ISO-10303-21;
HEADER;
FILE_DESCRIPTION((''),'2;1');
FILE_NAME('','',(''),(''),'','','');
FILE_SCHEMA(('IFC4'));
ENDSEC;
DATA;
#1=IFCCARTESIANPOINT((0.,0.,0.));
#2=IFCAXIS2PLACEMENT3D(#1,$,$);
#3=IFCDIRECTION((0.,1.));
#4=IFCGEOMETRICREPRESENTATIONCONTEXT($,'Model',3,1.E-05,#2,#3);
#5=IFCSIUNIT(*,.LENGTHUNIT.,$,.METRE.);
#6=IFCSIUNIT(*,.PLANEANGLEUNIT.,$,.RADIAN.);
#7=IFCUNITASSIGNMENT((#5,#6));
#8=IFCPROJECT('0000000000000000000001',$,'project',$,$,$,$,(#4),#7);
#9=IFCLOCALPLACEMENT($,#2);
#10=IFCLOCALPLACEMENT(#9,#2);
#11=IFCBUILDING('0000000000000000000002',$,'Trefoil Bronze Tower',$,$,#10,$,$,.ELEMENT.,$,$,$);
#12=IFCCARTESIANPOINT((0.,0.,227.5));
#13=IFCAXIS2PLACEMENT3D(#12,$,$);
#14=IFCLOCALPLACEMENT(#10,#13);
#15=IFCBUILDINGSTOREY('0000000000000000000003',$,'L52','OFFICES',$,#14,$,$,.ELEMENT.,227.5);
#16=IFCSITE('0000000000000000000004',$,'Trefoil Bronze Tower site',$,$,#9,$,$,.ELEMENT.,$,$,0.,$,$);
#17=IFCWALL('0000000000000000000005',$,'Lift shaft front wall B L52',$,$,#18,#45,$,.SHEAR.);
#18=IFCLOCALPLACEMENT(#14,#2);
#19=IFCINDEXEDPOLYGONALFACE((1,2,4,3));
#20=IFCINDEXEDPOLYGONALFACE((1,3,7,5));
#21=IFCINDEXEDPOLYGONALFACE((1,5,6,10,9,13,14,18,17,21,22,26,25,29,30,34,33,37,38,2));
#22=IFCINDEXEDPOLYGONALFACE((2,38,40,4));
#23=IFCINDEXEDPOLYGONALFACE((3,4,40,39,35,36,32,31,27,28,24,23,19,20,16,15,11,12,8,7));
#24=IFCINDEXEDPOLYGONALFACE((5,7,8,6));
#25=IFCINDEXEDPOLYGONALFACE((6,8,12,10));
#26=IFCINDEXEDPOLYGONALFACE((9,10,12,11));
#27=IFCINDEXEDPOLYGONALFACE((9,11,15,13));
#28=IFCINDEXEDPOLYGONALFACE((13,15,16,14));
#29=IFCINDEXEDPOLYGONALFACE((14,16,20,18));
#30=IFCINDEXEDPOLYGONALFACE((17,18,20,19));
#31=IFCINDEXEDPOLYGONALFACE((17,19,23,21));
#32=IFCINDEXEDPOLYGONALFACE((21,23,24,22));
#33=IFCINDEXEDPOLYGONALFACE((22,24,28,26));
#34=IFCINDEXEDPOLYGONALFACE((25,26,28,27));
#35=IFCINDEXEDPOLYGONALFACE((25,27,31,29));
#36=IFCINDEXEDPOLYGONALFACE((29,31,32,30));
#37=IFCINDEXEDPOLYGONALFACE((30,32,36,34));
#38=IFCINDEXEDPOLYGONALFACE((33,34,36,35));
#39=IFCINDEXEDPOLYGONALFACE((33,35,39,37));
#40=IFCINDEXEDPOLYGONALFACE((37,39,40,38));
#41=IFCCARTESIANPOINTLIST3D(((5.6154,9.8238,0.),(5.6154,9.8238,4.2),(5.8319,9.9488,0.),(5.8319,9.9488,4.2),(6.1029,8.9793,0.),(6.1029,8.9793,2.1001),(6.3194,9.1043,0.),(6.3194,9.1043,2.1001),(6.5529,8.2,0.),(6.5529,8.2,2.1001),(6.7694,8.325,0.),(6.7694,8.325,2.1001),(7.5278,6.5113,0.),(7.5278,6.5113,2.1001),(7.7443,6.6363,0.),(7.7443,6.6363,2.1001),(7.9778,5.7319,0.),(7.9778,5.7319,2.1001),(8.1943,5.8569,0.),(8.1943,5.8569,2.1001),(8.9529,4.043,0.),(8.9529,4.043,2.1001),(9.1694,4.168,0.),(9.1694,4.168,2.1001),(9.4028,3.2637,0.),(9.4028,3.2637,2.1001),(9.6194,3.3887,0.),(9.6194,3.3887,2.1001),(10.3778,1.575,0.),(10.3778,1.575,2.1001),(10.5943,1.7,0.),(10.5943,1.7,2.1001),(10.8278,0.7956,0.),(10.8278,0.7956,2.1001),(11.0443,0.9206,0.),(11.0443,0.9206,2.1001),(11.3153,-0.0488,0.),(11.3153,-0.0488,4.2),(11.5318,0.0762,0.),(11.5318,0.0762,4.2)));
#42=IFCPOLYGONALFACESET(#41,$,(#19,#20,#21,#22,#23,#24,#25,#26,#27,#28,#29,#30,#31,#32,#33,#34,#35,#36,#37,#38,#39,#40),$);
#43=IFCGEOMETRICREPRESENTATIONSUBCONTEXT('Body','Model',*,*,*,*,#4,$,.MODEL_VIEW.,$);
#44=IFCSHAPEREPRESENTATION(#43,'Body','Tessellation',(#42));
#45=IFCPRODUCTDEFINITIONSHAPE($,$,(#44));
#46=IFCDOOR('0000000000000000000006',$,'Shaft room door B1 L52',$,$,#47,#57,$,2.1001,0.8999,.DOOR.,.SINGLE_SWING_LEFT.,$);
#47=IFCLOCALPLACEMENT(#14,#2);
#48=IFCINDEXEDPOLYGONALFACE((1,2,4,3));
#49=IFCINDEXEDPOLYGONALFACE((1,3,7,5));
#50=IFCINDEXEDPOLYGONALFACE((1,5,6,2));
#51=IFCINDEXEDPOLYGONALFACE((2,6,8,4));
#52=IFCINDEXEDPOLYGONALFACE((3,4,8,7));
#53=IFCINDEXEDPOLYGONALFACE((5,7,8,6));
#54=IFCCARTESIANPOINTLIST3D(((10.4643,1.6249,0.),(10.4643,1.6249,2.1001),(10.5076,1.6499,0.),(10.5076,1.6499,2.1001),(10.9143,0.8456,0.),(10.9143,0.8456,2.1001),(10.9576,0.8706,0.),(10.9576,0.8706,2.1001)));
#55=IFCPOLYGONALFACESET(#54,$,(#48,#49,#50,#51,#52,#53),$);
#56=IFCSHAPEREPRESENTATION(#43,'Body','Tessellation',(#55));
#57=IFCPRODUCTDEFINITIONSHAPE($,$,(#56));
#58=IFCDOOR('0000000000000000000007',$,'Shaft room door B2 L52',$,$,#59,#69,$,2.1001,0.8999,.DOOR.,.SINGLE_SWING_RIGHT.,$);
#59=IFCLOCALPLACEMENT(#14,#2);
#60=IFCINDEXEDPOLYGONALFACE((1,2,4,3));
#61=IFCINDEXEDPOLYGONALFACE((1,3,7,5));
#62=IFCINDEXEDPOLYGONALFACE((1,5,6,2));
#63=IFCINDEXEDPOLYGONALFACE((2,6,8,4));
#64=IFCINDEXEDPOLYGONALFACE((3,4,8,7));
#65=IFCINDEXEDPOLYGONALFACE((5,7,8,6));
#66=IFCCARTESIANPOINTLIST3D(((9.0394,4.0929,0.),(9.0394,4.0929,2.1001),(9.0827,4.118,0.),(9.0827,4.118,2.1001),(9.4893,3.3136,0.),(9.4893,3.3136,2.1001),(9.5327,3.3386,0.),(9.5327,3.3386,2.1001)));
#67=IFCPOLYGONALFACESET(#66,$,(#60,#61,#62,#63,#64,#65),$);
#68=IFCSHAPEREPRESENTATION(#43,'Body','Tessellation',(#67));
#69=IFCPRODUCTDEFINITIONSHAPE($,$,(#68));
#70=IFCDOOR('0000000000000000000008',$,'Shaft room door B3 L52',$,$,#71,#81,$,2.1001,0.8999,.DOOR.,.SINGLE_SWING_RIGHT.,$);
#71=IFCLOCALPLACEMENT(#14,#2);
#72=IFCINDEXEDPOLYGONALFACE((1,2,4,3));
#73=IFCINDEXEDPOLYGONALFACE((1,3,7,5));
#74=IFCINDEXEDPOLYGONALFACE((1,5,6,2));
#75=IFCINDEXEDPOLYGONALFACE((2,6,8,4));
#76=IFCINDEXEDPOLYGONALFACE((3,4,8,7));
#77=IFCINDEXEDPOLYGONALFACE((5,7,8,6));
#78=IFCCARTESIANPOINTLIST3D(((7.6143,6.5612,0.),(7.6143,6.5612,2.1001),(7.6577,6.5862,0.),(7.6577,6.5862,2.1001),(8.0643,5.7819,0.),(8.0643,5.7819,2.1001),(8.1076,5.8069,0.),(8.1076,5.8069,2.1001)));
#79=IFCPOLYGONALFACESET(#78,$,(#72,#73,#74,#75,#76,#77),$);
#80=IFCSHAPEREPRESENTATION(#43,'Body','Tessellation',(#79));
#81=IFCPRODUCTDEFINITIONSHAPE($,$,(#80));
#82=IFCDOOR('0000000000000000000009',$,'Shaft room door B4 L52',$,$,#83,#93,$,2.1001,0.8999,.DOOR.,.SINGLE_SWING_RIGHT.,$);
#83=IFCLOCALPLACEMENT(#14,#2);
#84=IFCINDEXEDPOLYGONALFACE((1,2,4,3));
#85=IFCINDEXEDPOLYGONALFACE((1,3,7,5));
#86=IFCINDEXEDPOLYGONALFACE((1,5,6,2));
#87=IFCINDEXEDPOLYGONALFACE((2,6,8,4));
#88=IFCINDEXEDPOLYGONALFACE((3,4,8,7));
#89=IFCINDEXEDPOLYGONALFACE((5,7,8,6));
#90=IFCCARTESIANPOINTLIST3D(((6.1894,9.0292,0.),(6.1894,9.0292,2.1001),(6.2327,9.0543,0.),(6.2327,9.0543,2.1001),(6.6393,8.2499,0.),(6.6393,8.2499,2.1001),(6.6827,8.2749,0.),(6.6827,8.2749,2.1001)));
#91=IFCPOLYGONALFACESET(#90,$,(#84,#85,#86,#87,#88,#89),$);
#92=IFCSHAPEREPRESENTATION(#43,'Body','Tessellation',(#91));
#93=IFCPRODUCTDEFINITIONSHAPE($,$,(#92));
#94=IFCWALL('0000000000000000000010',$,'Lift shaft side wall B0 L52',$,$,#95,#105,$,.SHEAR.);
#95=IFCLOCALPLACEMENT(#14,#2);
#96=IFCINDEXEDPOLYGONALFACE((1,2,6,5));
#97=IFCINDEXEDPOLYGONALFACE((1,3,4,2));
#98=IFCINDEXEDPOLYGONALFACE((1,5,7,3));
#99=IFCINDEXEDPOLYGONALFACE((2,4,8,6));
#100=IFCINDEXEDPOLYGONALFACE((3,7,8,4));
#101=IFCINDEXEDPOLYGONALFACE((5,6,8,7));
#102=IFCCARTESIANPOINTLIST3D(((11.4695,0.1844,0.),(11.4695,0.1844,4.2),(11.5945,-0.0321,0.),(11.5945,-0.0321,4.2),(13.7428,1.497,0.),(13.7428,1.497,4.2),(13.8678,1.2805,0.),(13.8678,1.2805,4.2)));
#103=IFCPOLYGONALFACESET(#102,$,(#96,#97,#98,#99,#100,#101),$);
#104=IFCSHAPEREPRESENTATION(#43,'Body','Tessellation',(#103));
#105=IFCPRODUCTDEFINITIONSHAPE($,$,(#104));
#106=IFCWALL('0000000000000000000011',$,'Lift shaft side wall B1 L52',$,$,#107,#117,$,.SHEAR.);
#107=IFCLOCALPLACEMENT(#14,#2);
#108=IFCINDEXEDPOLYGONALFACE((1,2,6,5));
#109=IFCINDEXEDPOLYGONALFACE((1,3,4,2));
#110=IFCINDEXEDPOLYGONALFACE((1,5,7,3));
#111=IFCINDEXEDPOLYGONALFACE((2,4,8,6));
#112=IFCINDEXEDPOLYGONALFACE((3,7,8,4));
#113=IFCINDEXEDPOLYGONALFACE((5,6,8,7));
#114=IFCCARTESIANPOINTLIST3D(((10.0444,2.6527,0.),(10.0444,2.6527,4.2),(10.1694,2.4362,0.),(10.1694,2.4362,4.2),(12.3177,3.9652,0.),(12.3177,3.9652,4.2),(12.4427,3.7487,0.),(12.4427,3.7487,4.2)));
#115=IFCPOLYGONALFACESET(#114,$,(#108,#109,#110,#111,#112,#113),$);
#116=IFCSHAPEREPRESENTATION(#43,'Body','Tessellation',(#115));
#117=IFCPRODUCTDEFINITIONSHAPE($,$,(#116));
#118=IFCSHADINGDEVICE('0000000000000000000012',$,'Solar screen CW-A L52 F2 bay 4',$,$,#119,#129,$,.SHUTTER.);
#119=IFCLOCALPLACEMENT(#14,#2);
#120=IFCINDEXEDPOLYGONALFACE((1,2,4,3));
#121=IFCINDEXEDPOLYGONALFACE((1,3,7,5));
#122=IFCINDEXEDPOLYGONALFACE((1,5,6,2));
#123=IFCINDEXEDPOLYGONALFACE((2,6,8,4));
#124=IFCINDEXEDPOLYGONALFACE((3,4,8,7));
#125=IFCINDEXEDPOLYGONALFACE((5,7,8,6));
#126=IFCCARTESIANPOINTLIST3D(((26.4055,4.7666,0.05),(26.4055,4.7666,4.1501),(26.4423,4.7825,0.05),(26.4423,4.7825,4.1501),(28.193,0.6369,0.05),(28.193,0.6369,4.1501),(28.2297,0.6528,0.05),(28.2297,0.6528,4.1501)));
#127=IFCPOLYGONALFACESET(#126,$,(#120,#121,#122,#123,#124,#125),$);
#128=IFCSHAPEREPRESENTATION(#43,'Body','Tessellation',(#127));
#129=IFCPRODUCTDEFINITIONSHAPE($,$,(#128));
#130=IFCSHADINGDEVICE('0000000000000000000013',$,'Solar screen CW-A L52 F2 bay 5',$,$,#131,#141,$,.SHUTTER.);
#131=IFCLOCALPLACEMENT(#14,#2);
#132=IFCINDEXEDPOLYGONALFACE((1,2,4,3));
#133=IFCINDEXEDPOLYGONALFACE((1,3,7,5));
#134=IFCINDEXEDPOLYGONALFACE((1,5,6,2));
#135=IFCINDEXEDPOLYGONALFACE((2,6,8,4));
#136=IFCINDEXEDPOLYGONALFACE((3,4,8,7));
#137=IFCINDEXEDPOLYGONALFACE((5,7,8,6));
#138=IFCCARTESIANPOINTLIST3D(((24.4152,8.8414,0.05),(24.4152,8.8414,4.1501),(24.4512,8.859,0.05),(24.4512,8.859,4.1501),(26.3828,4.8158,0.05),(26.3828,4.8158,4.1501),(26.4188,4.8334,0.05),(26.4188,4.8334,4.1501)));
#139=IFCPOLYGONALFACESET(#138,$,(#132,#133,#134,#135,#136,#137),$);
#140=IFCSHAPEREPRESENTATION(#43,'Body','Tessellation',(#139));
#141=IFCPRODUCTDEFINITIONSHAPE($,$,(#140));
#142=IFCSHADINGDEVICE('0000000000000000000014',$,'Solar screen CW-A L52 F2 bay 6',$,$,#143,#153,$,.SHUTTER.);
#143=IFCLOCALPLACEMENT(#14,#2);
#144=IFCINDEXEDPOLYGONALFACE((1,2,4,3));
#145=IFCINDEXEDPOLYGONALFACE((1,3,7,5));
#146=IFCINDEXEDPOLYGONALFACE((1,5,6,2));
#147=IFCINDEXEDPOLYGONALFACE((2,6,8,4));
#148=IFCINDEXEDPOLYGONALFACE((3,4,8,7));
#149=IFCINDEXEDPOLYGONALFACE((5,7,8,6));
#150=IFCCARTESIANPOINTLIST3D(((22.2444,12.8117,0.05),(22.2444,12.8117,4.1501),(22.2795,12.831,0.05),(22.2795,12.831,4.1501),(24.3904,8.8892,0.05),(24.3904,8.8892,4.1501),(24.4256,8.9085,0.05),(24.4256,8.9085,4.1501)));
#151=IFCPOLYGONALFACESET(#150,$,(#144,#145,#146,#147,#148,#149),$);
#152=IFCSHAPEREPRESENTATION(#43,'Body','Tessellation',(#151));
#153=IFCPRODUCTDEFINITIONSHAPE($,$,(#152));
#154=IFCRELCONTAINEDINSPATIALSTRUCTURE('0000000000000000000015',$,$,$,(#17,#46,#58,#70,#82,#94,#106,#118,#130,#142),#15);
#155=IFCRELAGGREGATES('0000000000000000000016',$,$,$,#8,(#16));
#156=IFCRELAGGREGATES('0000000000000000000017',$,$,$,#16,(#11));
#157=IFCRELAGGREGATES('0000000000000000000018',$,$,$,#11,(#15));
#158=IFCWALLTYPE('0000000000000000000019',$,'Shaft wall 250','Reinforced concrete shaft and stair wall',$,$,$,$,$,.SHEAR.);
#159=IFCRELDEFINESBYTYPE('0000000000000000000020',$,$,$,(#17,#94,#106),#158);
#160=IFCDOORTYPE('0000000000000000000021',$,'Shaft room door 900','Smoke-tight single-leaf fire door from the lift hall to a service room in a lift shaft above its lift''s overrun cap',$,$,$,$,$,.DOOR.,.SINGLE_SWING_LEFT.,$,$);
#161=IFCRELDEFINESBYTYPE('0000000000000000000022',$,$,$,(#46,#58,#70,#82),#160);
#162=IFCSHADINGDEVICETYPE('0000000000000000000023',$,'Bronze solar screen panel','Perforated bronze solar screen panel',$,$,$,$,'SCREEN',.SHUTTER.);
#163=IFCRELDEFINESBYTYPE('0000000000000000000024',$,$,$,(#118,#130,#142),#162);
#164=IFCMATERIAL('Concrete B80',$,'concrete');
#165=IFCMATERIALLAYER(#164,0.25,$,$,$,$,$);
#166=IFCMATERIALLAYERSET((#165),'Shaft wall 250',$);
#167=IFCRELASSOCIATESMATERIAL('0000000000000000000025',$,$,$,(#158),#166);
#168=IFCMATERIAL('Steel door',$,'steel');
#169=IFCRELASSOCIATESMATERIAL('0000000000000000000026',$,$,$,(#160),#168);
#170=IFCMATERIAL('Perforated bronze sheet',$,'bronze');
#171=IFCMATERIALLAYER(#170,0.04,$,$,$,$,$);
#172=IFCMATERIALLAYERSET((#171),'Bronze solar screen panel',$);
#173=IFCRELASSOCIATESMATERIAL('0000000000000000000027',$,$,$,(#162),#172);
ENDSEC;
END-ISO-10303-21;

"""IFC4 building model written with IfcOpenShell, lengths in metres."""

from ifc_helpers import new_model, si_unit, direction, frame, frame_2d, origin, origin_2d, place, context, subcontext, project, spatial, rectangle, extrude, material, layer, layer_set, type_object, element, fill, save


model = new_model("IFC4")

# Units and contexts
model_context = context("Model", 3, precision=1e-05, world=origin(), true_north=direction((0.0, 1.0)))
body_context = subcontext(model_context, "Body", "Model", "MODEL_VIEW")
ifc_project = project(units=[si_unit("LENGTHUNIT", "METRE"), si_unit("PLANEANGLEUNIT", "RADIAN")], contexts=[model_context])

# Site, building, storey
site_placement = place(None, origin())
site = spatial("IfcSite", under=ifc_project, at=site_placement, Name="Trefoil Bronze Tower site", CompositionType="ELEMENT", RefElevation=0.0)
building_placement = place(site_placement, origin())
building = spatial("IfcBuilding", under=site, at=building_placement, Name="Trefoil Bronze Tower", CompositionType="ELEMENT")
storey_placement = place(building_placement, frame((0.0, 0.0, 227.5)))
storey = spatial("IfcBuildingStorey", under=building, at=storey_placement, Name="L52", Description="OFFICES", CompositionType="ELEMENT", Elevation=227.5)

# Wall, openings, doors
ifc_material_1 = material(Name="Concrete B80", Category="concrete")
ifc_layer_1 = layer(ifc_material_1, 0.25)
ifc_layer_set_1 = layer_set([ifc_layer_1], Name="Shaft wall 250")
wall_type_1 = type_object("IfcWallType", Name="Shaft wall 250", Description="Reinforced concrete shaft and stair wall", PredefinedType="SHEAR", material=ifc_layer_set_1)
wall_1_placement = place(storey_placement, frame((11.4236, 0.0137, 0.0), z_axis=(0.0, 0.0, 1.0), x_axis=(-0.500002, 0.866024, 0.0)))
wall_1 = element("IfcWall", 1, at=wall_1_placement, inside=storey, type_object=wall_type_1, Name="Lift shaft front wall B L52", PredefinedType="SHEAR", context=body_context, shape_type="SweptSolid", body=[
    extrude(rectangle(XDim=11.3999, YDim=0.25, at=frame_2d((5.7, 0.0))), origin(), (0.0, 0.0, 1.0), 4.2),
])
opening_1_placement = place(wall_1_placement, frame((0.9751, 0.0, 0.0)))
opening_1 = element("IfcOpeningElement", 2, at=opening_1_placement, cuts=wall_1, PredefinedType="OPENING", context=body_context, shape_type="SweptSolid", body=[
    extrude(rectangle(XDim=0.8999, YDim=2.1001, at=frame_2d((0.45, 1.05))), frame((0.0, 0.135, 0.0), z_axis=(0.0, -1.0, 0.0), x_axis=(1.0, 0.0, 0.0)), (0.0, 0.0, 1.0), 0.27),
])
opening_2_placement = place(wall_1_placement, frame((3.825, 0.0, 0.0)))
opening_2 = element("IfcOpeningElement", 3, at=opening_2_placement, cuts=wall_1, PredefinedType="OPENING", context=body_context, shape_type="SweptSolid", body=[
    extrude(rectangle(XDim=0.8999, YDim=2.1001, at=frame_2d((0.45, 1.05))), frame((0.0, 0.135, 0.0), z_axis=(0.0, -1.0, 0.0), x_axis=(1.0, 0.0, 0.0)), (0.0, 0.0, 1.0), 0.27),
])
opening_3_placement = place(wall_1_placement, frame((6.675, 0.0, 0.0)))
opening_3 = element("IfcOpeningElement", 4, at=opening_3_placement, cuts=wall_1, PredefinedType="OPENING", context=body_context, shape_type="SweptSolid", body=[
    extrude(rectangle(XDim=0.8999, YDim=2.1001, at=frame_2d((0.45, 1.05))), frame((0.0, 0.135, 0.0), z_axis=(0.0, -1.0, 0.0), x_axis=(1.0, 0.0, 0.0)), (0.0, 0.0, 1.0), 0.27),
])
opening_4_placement = place(wall_1_placement, frame((9.5249, 0.0, 0.0)))
opening_4 = element("IfcOpeningElement", 5, at=opening_4_placement, cuts=wall_1, PredefinedType="OPENING", context=body_context, shape_type="SweptSolid", body=[
    extrude(rectangle(XDim=0.8999, YDim=2.1001, at=frame_2d((0.45, 1.05))), frame((0.0, 0.135, 0.0), z_axis=(0.0, -1.0, 0.0), x_axis=(1.0, 0.0, 0.0)), (0.0, 0.0, 1.0), 0.27),
])
ifc_material_2 = material(Name="Steel door", Category="steel")
door_type_1 = type_object("IfcDoorType", Name="Shaft room door 900", Description="Smoke-tight single-leaf fire door from the lift hall to a service room in a lift shaft above its lift's overrun cap", OperationType="SINGLE_SWING_LEFT", PredefinedType="DOOR", material=ifc_material_2)
door_1_placement = place(opening_1_placement, frame((0.8999, 0.0, 0.0), z_axis=(0.0, 0.0, 1.0), x_axis=(-1.0, 0.0, 0.0)))
door_1 = element("IfcDoor", 6, at=door_1_placement, inside=storey, type_object=door_type_1, Name="Shaft room door B1 L52", OperationType="SINGLE_SWING_LEFT", OverallHeight=2.1001, OverallWidth=0.8999, PredefinedType="DOOR", context=body_context, shape_type="SweptSolid", body=[
    extrude(rectangle(XDim=0.8999, YDim=2.1001, at=frame_2d((0.45, 1.05))), frame((0.0, 0.0249, 0.0), z_axis=(0.0, -1.0, 0.0), x_axis=(1.0, 0.0, 0.0)), (0.0, 0.0, 1.0), 0.05),
])
fill(opening_1, door_1)
door_2_placement = place(opening_2_placement, frame((0.8999, 0.0, 0.0), z_axis=(0.0, 0.0, 1.0), x_axis=(-1.0, 0.0, 0.0)))
door_2 = element("IfcDoor", 7, at=door_2_placement, inside=storey, type_object=door_type_1, Name="Shaft room door B2 L52", OperationType="SINGLE_SWING_RIGHT", OverallHeight=2.1001, OverallWidth=0.8999, PredefinedType="DOOR", context=body_context, shape_type="SweptSolid", body=[
    extrude(rectangle(XDim=0.8999, YDim=2.1001, at=frame_2d((0.45, 1.05))), frame((0.0, 0.0249, 0.0), z_axis=(0.0, -1.0, 0.0), x_axis=(1.0, 0.0, 0.0)), (0.0, 0.0, 1.0), 0.05),
])
fill(opening_2, door_2)
door_3_placement = place(opening_3_placement, frame((0.8999, 0.0, 0.0), z_axis=(0.0, 0.0, 1.0), x_axis=(-1.0, 0.0, 0.0)))
door_3 = element("IfcDoor", 8, at=door_3_placement, inside=storey, type_object=door_type_1, Name="Shaft room door B3 L52", OperationType="SINGLE_SWING_RIGHT", OverallHeight=2.1001, OverallWidth=0.8999, PredefinedType="DOOR", context=body_context, shape_type="SweptSolid", body=[
    extrude(rectangle(XDim=0.8999, YDim=2.1001, at=frame_2d((0.45, 1.05))), frame((0.0, 0.0249, 0.0), z_axis=(0.0, -1.0, 0.0), x_axis=(1.0, 0.0, 0.0)), (0.0, 0.0, 1.0), 0.05),
])
fill(opening_3, door_3)
door_4_placement = place(opening_4_placement, frame((0.8999, 0.0, 0.0), z_axis=(0.0, 0.0, 1.0), x_axis=(-1.0, 0.0, 0.0)))
door_4 = element("IfcDoor", 9, at=door_4_placement, inside=storey, type_object=door_type_1, Name="Shaft room door B4 L52", OperationType="SINGLE_SWING_RIGHT", OverallHeight=2.1001, OverallWidth=0.8999, PredefinedType="DOOR", context=body_context, shape_type="SweptSolid", body=[
    extrude(rectangle(XDim=0.8999, YDim=2.1001, at=frame_2d((0.45, 1.05))), frame((0.0, 0.0249, 0.0), z_axis=(0.0, -1.0, 0.0), x_axis=(1.0, 0.0, 0.0)), (0.0, 0.0, 1.0), 0.05),
])
fill(opening_4, door_4)

# Walls
for number, where, z_axis, x_axis, name in (
    (10, (11.532, 0.0762, 0.0), (0.0, 0.0, 1.0), (0.866014, 0.50002, 0.0), "Lift shaft side wall B0 L52"),
    (11, (10.1069, 2.5444, 0.0), (0.0, 0.0, 1.0), (0.866014, 0.50002, 0.0), "Lift shaft side wall B1 L52"),
):
    element("IfcWall", number, at=place(storey_placement, frame(where, z_axis=z_axis, x_axis=x_axis)), inside=storey, type_object=wall_type_1, Name=name, PredefinedType="SHEAR", context=body_context, shape_type="SweptSolid", body=[
        extrude(rectangle(XDim=2.625, YDim=0.25, at=frame_2d((1.3125, 0.0))), origin(), (0.0, 0.0, 1.0), 4.2),
    ])

# Shading devices
ifc_material_3 = material(Name="Perforated bronze sheet", Category="bronze")
ifc_layer_2 = layer(ifc_material_3, 0.04)
ifc_layer_set_2 = layer_set([ifc_layer_2], Name="Bronze solar screen panel")
shading_device_type = type_object("IfcShadingDeviceType", Name="Bronze solar screen panel", Description="Perforated bronze solar screen panel", ElementType="SCREEN", PredefinedType="SHUTTER", material=ifc_layer_set_2)
shading_device_1_placement = place(storey_placement, frame((27.3176, 2.7097, 0.05), z_axis=(0.0, 0.0, 1.0), x_axis=(-0.39722, 0.917723, 0.0)))
element("IfcShadingDevice", 12, at=shading_device_1_placement, inside=storey, type_object=shading_device_type, Name="Solar screen CW-A L52 F2 bay 4", PredefinedType="SHUTTER", context=body_context, shape_type="SweptSolid", body=[
    extrude(rectangle(XDim=4.5, YDim=0.04, at=origin_2d()), origin(), (0.0, 0.0, 1.0), 4.1001),
])
shading_device_2_placement = place(storey_placement, frame((25.417, 6.8374, 0.05), z_axis=(0.0, 0.0, 1.0), x_axis=(-0.439129, 0.898424, 0.0)))
element("IfcShadingDevice", 13, at=shading_device_2_placement, inside=storey, type_object=shading_device_type, Name="Solar screen CW-A L52 F2 bay 5", PredefinedType="SHUTTER", context=body_context, shape_type="SweptSolid", body=[
    extrude(rectangle(XDim=4.4807, YDim=0.04, at=origin_2d()), origin(), (0.0, 0.0, 1.0), 4.1001),
])
shading_device_3_placement = place(storey_placement, frame((23.335, 10.8601, 0.05), z_axis=(0.0, 0.0, 1.0), x_axis=(-0.479974, 0.877283, 0.0)))
element("IfcShadingDevice", 14, at=shading_device_3_placement, inside=storey, type_object=shading_device_type, Name="Solar screen CW-A L52 F2 bay 6", PredefinedType="SHUTTER", context=body_context, shape_type="SweptSolid", body=[
    extrude(rectangle(XDim=4.4712, YDim=0.04, at=origin_2d()), origin(), (0.0, 0.0, 1.0), 4.1001),
])

save(model, "model.ifc")
